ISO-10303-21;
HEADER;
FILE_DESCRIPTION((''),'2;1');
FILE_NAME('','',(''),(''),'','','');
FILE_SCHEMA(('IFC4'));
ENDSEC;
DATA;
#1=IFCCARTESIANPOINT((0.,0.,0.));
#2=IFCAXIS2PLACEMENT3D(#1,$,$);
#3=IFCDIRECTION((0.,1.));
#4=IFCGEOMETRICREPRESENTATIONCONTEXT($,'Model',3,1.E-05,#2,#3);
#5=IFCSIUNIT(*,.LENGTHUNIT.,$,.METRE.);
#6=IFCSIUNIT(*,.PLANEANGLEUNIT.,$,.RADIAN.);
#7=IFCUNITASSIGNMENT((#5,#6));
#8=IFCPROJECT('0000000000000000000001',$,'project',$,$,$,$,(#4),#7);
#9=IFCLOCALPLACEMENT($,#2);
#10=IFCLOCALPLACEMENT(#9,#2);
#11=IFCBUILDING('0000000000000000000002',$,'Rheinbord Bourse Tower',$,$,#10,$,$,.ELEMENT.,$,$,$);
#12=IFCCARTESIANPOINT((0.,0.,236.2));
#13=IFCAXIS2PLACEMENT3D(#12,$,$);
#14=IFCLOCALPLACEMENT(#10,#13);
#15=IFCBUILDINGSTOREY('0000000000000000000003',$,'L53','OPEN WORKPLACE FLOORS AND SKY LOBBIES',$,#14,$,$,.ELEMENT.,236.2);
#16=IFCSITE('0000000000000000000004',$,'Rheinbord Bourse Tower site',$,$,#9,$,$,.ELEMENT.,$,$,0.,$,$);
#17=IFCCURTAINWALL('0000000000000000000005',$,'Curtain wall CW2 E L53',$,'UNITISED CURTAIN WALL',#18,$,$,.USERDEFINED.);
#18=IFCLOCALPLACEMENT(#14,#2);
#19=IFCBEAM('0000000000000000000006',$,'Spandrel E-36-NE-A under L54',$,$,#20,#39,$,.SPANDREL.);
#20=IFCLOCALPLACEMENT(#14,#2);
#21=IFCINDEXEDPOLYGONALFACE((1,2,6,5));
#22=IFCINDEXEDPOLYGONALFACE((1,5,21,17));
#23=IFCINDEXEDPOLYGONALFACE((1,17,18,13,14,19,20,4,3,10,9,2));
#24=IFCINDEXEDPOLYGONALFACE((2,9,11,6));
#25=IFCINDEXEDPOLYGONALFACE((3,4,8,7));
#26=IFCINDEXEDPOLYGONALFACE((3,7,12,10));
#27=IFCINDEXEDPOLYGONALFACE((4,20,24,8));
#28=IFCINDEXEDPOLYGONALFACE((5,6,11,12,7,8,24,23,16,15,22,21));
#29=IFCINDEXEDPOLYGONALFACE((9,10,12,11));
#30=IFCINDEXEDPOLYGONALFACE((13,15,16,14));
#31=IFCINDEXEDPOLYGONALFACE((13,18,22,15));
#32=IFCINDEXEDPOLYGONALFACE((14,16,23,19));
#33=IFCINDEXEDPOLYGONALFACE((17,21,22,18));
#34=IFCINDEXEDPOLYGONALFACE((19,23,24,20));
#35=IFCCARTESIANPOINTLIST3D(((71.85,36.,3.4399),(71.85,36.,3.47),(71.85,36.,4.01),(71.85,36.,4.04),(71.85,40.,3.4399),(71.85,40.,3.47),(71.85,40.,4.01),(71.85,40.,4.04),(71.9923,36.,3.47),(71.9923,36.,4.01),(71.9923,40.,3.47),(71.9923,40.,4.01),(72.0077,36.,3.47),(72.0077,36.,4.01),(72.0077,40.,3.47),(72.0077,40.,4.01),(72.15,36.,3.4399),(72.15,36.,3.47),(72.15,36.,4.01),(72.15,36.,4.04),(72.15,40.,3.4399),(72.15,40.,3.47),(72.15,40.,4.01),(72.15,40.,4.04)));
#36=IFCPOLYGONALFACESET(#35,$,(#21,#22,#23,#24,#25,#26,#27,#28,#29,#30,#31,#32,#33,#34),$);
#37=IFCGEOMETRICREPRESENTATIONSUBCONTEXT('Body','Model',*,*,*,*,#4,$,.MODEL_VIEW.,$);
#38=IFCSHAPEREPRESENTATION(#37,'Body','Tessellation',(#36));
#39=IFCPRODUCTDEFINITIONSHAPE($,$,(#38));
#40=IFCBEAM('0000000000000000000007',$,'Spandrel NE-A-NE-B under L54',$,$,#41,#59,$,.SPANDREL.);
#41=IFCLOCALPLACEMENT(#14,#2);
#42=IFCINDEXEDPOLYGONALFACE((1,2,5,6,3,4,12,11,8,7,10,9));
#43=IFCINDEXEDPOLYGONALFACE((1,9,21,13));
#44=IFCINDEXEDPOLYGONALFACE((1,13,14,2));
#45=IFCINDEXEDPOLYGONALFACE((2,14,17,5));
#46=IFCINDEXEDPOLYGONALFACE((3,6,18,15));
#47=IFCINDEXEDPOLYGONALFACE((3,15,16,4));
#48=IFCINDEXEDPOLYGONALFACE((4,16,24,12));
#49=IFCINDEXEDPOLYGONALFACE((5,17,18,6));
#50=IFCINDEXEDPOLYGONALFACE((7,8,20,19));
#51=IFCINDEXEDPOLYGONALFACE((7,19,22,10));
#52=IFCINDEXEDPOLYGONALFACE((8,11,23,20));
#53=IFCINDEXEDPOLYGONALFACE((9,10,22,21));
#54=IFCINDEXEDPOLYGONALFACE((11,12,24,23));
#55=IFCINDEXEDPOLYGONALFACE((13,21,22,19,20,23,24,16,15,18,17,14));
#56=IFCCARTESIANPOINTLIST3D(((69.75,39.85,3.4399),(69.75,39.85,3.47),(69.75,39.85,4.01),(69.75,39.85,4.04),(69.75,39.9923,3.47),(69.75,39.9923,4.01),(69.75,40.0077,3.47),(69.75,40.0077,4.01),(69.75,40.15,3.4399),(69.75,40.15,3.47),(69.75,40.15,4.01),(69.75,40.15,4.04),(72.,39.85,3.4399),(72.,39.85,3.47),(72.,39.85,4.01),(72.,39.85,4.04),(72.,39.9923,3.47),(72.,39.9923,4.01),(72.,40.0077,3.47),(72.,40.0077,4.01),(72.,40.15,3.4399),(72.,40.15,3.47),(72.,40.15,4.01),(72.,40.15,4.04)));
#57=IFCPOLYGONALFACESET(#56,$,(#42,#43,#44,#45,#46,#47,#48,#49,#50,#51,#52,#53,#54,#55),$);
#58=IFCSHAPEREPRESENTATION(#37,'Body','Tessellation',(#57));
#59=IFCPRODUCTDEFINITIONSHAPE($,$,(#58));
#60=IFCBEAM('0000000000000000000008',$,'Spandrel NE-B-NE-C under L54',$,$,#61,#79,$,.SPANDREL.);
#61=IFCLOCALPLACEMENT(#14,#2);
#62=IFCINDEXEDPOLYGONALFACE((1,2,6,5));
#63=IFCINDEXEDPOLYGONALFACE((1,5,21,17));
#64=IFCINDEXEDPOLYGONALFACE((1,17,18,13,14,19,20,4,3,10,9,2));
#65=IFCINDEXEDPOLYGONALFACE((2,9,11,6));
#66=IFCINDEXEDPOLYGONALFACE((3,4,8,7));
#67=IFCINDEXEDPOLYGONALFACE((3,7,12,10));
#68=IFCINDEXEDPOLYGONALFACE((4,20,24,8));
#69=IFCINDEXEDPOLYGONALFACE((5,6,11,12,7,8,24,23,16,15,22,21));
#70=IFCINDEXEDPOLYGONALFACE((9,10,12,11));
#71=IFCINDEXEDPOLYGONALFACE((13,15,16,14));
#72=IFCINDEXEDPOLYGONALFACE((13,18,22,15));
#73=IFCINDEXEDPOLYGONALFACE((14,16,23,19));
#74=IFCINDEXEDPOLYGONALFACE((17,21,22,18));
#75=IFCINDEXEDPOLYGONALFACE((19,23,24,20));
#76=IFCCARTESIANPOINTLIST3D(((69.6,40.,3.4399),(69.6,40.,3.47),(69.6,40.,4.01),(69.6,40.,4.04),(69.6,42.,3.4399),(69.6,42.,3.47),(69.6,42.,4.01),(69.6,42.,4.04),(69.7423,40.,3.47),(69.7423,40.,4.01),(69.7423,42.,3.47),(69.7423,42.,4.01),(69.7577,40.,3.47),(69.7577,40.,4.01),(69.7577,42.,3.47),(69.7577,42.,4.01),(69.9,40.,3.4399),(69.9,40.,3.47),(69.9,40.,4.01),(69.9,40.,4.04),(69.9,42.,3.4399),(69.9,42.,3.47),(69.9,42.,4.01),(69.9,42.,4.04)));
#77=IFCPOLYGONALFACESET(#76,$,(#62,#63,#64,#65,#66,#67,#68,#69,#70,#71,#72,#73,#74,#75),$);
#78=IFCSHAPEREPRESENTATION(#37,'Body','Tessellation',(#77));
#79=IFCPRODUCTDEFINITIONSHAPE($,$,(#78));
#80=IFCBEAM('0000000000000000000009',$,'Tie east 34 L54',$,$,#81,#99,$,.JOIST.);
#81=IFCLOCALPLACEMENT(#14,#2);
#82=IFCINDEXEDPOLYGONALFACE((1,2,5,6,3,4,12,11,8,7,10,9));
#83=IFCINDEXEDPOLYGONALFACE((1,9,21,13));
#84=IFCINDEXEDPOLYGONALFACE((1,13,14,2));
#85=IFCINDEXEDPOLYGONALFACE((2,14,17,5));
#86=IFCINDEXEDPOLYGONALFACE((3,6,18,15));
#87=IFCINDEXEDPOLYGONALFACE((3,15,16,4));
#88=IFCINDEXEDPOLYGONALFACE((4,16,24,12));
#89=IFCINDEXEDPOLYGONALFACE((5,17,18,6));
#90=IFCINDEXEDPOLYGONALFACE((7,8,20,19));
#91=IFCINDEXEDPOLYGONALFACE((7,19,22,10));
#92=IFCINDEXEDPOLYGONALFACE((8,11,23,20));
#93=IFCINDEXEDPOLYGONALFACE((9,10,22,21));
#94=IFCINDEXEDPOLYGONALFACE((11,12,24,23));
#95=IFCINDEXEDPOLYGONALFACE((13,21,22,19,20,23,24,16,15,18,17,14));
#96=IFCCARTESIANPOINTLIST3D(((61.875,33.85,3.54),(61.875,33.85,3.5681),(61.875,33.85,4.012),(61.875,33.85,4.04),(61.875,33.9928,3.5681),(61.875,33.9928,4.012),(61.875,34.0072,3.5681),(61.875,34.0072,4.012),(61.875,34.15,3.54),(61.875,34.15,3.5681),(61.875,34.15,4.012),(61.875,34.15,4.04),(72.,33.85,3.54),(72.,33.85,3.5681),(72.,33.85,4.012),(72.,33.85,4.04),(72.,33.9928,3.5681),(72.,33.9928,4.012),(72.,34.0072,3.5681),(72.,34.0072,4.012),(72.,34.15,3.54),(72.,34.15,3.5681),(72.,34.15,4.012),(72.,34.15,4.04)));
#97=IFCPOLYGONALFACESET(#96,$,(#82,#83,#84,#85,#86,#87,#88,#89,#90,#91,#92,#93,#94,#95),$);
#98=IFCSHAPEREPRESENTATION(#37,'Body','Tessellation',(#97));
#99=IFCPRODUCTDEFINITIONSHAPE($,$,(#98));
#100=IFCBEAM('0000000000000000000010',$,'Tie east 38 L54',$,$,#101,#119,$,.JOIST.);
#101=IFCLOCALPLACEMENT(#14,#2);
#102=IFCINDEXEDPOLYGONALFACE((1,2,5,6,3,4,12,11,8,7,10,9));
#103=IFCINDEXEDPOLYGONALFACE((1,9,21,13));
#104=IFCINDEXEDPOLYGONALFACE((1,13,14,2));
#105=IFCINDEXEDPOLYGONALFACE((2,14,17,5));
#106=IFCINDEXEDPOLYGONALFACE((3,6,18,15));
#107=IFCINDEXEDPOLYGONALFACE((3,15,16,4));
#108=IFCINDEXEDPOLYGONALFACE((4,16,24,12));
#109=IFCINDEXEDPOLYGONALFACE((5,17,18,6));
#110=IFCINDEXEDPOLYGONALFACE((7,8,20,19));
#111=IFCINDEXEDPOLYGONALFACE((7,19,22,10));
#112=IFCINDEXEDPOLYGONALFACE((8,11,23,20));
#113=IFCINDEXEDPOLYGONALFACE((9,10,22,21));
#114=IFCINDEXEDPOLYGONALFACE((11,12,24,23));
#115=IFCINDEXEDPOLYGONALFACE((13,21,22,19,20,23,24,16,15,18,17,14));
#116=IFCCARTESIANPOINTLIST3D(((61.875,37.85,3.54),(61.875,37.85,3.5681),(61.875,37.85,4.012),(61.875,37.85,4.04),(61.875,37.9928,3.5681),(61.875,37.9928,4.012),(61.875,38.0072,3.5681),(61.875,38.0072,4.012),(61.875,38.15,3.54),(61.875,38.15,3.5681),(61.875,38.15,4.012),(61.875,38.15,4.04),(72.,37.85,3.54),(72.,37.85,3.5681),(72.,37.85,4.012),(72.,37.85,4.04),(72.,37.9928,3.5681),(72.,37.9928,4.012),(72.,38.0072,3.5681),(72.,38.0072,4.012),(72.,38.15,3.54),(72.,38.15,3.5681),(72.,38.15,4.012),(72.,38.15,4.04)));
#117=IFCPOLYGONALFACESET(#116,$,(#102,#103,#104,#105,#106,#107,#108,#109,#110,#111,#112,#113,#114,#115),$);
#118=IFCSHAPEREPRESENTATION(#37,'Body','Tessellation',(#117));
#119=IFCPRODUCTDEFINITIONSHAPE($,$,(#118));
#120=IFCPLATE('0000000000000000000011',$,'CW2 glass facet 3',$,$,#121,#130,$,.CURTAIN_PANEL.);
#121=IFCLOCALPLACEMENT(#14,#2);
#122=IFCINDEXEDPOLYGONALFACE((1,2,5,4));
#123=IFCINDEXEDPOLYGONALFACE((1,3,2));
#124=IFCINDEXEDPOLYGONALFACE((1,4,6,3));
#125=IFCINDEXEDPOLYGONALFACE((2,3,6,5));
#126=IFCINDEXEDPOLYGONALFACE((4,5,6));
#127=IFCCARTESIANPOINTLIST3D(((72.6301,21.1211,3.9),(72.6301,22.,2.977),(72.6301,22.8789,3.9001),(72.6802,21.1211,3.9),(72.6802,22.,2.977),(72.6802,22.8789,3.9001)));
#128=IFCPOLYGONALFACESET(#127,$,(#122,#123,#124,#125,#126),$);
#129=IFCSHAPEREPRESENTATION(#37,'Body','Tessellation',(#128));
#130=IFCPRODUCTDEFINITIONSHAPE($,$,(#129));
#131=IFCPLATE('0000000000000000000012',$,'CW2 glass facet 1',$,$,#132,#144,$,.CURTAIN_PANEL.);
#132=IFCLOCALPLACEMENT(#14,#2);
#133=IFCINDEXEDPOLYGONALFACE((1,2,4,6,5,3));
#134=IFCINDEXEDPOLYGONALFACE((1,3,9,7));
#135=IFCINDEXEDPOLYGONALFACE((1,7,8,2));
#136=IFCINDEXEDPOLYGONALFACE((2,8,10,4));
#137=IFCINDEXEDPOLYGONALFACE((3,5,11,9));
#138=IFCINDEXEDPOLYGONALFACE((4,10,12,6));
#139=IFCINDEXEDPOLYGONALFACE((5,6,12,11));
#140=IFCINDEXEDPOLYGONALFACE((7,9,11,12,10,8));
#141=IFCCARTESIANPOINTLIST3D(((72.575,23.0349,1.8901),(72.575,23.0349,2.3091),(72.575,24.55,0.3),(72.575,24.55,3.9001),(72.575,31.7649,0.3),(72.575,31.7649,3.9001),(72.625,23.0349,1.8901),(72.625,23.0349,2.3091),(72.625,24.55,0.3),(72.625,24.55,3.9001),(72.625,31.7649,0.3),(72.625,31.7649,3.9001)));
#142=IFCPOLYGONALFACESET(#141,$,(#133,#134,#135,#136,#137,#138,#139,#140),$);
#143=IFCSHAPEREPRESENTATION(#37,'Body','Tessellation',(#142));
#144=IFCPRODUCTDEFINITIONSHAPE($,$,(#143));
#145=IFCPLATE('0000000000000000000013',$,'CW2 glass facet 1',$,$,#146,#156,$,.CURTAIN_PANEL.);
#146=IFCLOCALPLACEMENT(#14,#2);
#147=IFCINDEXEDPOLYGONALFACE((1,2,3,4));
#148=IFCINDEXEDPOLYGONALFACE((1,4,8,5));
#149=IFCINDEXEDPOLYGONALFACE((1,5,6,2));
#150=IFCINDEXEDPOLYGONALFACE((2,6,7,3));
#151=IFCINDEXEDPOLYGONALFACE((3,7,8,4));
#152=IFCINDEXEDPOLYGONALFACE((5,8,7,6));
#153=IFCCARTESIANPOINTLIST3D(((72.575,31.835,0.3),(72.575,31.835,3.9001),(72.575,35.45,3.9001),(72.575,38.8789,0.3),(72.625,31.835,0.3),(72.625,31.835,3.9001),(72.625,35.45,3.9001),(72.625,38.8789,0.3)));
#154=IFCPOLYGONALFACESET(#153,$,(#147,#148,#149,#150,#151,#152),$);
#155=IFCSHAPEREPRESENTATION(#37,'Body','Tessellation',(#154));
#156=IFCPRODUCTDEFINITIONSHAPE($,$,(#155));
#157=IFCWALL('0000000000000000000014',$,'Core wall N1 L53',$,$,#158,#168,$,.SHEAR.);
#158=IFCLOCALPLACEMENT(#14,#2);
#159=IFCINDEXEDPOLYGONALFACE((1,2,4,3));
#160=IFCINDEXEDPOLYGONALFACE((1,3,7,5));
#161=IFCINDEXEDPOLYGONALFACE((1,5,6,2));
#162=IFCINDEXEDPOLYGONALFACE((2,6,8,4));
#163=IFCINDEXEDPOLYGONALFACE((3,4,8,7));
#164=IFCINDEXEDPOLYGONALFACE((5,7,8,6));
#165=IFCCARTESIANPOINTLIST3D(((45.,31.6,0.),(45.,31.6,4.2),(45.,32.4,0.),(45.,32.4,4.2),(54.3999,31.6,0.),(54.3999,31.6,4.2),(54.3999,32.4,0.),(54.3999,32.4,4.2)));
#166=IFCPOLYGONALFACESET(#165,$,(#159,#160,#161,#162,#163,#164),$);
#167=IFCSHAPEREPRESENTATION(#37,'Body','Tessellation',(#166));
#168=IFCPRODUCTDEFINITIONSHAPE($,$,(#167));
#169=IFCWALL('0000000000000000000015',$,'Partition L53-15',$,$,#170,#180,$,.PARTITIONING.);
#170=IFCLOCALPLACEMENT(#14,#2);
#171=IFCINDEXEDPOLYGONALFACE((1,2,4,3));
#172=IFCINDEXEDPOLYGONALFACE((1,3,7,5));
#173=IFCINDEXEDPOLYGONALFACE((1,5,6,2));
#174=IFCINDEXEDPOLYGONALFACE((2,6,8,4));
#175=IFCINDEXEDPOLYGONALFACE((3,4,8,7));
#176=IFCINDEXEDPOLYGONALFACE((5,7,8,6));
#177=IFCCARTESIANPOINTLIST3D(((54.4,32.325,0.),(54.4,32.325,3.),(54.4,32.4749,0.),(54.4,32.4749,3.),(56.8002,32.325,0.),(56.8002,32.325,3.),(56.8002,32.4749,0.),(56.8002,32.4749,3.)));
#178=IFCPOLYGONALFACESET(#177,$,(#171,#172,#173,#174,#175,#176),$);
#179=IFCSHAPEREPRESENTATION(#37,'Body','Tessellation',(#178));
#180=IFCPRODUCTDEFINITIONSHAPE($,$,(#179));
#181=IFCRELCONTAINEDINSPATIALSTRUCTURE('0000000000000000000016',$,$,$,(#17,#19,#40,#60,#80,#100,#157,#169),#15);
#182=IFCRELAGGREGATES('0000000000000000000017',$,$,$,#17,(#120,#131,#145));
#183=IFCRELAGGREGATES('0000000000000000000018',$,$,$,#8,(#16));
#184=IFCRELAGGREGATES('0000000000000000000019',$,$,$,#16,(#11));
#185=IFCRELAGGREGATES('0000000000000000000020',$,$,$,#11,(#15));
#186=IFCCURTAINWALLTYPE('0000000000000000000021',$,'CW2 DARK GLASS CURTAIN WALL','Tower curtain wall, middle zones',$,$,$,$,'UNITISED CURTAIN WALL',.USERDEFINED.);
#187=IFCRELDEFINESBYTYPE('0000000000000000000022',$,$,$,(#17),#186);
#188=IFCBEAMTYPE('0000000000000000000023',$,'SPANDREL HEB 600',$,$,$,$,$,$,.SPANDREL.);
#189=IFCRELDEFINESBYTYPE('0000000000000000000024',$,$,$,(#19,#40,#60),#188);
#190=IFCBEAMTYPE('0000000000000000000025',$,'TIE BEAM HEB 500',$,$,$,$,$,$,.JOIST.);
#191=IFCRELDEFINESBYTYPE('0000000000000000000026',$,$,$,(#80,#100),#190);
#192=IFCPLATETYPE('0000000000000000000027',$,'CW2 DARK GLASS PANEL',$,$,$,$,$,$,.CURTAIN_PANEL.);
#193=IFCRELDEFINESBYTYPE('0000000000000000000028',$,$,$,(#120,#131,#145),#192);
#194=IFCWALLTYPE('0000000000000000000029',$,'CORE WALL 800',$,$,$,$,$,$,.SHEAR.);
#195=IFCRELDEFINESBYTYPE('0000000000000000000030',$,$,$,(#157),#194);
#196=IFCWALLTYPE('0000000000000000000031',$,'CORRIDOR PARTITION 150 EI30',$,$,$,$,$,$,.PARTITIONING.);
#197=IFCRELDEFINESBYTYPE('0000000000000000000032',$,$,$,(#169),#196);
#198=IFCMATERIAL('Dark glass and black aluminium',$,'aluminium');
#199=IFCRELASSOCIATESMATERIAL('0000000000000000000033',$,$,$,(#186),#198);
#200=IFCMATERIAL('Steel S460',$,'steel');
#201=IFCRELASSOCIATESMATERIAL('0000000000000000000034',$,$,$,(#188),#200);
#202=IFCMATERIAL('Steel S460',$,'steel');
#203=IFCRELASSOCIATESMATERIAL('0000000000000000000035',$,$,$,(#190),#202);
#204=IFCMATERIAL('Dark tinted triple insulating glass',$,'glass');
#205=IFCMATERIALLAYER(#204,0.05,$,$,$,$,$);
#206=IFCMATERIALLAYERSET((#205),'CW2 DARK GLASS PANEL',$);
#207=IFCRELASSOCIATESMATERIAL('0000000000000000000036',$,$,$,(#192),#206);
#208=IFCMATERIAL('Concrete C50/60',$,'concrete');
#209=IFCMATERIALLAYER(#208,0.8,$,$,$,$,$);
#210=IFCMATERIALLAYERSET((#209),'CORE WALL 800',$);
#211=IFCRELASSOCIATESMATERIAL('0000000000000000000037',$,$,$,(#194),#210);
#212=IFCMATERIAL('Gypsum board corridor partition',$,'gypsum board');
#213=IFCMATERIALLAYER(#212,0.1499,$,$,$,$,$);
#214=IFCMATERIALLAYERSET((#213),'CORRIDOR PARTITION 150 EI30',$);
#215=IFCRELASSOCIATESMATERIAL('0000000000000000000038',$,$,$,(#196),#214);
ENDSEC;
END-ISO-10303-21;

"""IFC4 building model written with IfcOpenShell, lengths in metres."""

from ifc_helpers import new_model, si_unit, direction, frame, frame_2d, origin, origin_2d, place, context, subcontext, project, spatial, polyline, rectangle, i_section, outline, extrude, material, layer, layer_set, material_profile, profile_set, type_object, element, aggregate, save


model = new_model("IFC4")

# Units and contexts
model_context = context("Model", 3, precision=1e-05, world=origin(), true_north=direction((0.0, 1.0)))
body_context = subcontext(model_context, "Body", "Model", "MODEL_VIEW")
ifc_project = project(units=[si_unit("LENGTHUNIT", "METRE"), si_unit("PLANEANGLEUNIT", "RADIAN")], contexts=[model_context])

# Site, building, storey
site_placement = place(None, origin())
site = spatial("IfcSite", under=ifc_project, at=site_placement, Name="Rheinbord Bourse Tower site", CompositionType="ELEMENT", RefElevation=0.0)
building_placement = place(site_placement, origin())
building = spatial("IfcBuilding", under=site, at=building_placement, Name="Rheinbord Bourse Tower", CompositionType="ELEMENT")
storey_placement = place(building_placement, frame((0.0, 0.0, 236.2)))
storey = spatial("IfcBuildingStorey", under=building, at=storey_placement, Name="L53", Description="OPEN WORKPLACE FLOORS AND SKY LOBBIES", CompositionType="ELEMENT", Elevation=236.2)

# Curtain wall
ifc_material_1 = material(Name="Dark glass and black aluminium", Category="aluminium")
curtain_wall_type = type_object("IfcCurtainWallType", Name="CW2 DARK GLASS CURTAIN WALL", Description="Tower curtain wall, middle zones", ElementType="UNITISED CURTAIN WALL", PredefinedType="USERDEFINED", material=ifc_material_1)
curtain_wall_placement = place(storey_placement, origin())
curtain_wall = element("IfcCurtainWall", 1, at=curtain_wall_placement, inside=storey, type_object=curtain_wall_type, Name="Curtain wall CW2 E L53", ObjectType="UNITISED CURTAIN WALL", PredefinedType="USERDEFINED")

# Beams
ifc_material_2 = material(Name="Steel S460", Category="steel")
ifc_material_profile_1 = material_profile(ifc_material_2, i_section(OverallWidth=0.3, OverallDepth=0.6001, WebThickness=0.0154, FlangeThickness=0.03, at=origin_2d()), Name="HEB 600")
ifc_profile_set_1 = profile_set([ifc_material_profile_1], Name="Steel S460")
beam_type_1 = type_object("IfcBeamType", Name="SPANDREL HEB 600", PredefinedType="SPANDREL", material=ifc_profile_set_1)
for number, where, z_axis, x_axis, name in (
    (2, (72.0, 36.0, 3.74), (0.0, 1.0, 0.0), (-1.0, 0.0, 0.0), "Spandrel E-36-NE-A under L54"),
):
    element("IfcBeam", number, at=place(storey_placement, frame(where, z_axis=z_axis, x_axis=x_axis)), inside=storey, type_object=beam_type_1, Name=name, PredefinedType="SPANDREL", context=body_context, shape_type="SweptSolid", body=[
        extrude(i_section(OverallWidth=0.3, OverallDepth=0.6001, WebThickness=0.0154, FlangeThickness=0.03, at=origin_2d()), origin(), (0.0, 0.0, 1.0), 4.0),
    ])
beam_1_placement = place(storey_placement, frame((72.0, 40.0, 3.74), z_axis=(-1.0, 0.0, 0.0), x_axis=(0.0, -1.0, 0.0)))
element("IfcBeam", 3, at=beam_1_placement, inside=storey, type_object=beam_type_1, Name="Spandrel NE-A-NE-B under L54", PredefinedType="SPANDREL", context=body_context, shape_type="SweptSolid", body=[
    extrude(i_section(OverallWidth=0.3, OverallDepth=0.6001, WebThickness=0.0154, FlangeThickness=0.03, at=origin_2d()), origin(), (0.0, 0.0, 1.0), 2.25),
])
beam_2_placement = place(storey_placement, frame((69.75, 40.0, 3.74), z_axis=(0.0, 1.0, 0.0), x_axis=(-1.0, 0.0, 0.0)))
element("IfcBeam", 4, at=beam_2_placement, inside=storey, type_object=beam_type_1, Name="Spandrel NE-B-NE-C under L54", PredefinedType="SPANDREL", context=body_context, shape_type="SweptSolid", body=[
    extrude(i_section(OverallWidth=0.3, OverallDepth=0.6001, WebThickness=0.0154, FlangeThickness=0.03, at=origin_2d()), origin(), (0.0, 0.0, 1.0), 2.0),
])
ifc_material_3 = material(Name="Steel S460", Category="steel")
ifc_material_profile_2 = material_profile(ifc_material_3, i_section(OverallWidth=0.3, OverallDepth=0.5, WebThickness=0.0144, FlangeThickness=0.0281, at=origin_2d()), Name="HEB 500")
ifc_profile_set_2 = profile_set([ifc_material_profile_2], Name="Steel S460")
beam_type_2 = type_object("IfcBeamType", Name="TIE BEAM HEB 500", PredefinedType="JOIST", material=ifc_profile_set_2)
for number, where, z_axis, x_axis, name in (
    (5, (61.875, 34.0, 3.79), (1.0, 0.0, 0.0), (0.0, 1.0, 0.0), "Tie east 34 L54"),
    (6, (61.875, 38.0, 3.79), (1.0, 0.0, 0.0), (0.0, 1.0, 0.0), "Tie east 38 L54"),
):
    element("IfcBeam", number, at=place(storey_placement, frame(where, z_axis=z_axis, x_axis=x_axis)), inside=storey, type_object=beam_type_2, Name=name, PredefinedType="JOIST", context=body_context, shape_type="SweptSolid", body=[
        extrude(i_section(OverallWidth=0.3, OverallDepth=0.5, WebThickness=0.0144, FlangeThickness=0.0281, at=origin_2d()), origin(), (0.0, 0.0, 1.0), 10.125),
    ])

# Plates
ifc_material_4 = material(Name="Dark tinted triple insulating glass", Category="glass")
ifc_layer_1 = layer(ifc_material_4, 0.05)
ifc_layer_set_1 = layer_set([ifc_layer_1], Name="CW2 DARK GLASS PANEL")
plate_type = type_object("IfcPlateType", Name="CW2 DARK GLASS PANEL", PredefinedType="CURTAIN_PANEL", material=ifc_layer_set_1)
plate_1_placement = place(storey_placement, frame((72.6802, 22.8789, 3.9001), z_axis=(-1.0, 0.0, 0.0), x_axis=(0.0, -0.68956, -0.724229)))
plate_1 = element("IfcPlate", 7, at=plate_1_placement, type_object=plate_type, Name="CW2 glass facet 3", PredefinedType="CURTAIN_PANEL", context=body_context, shape_type="SweptSolid", body=[
    extrude(outline(polyline([(0.0, 0.0), (1.2747, 0.0), (1.2122, 1.2729), (0.0, 0.0)])), origin(), (0.0, 0.0, 1.0), 0.05),
])
plate_2_placement = place(storey_placement, frame((72.625, 31.7649, 3.9001), z_axis=(-1.0, 0.0, 0.0), x_axis=(0.0, 0.0, -1.0)))
plate_2 = element("IfcPlate", 8, at=plate_2_placement, type_object=plate_type, Name="CW2 glass facet 1", PredefinedType="CURTAIN_PANEL", context=body_context, shape_type="SweptSolid", body=[
    extrude(outline(polyline([(0.0, 0.0), (3.6001, 0.0), (3.6001, 7.2148), (2.01, 8.73), (1.5911, 8.73), (0.0, 7.2148), (0.0, 0.0)])), origin(), (0.0, 0.0, 1.0), 0.05),
])
plate_3_placement = place(storey_placement, frame((72.625, 31.835, 0.3), z_axis=(-1.0, 0.0, 0.0), x_axis=(0.0, 0.0, 1.0)))
plate_3 = element("IfcPlate", 9, at=plate_3_placement, type_object=plate_type, Name="CW2 glass facet 1", PredefinedType="CURTAIN_PANEL", context=body_context, shape_type="SweptSolid", body=[
    extrude(outline(polyline([(0.0, 0.0), (3.6001, 0.0), (3.6001, 3.615), (0.0, 7.0439), (0.0, 0.0)])), origin(), (0.0, 0.0, 1.0), 0.05),
])
aggregate(curtain_wall, [plate_1, plate_2, plate_3])

# Walls
ifc_material_5 = material(Name="Concrete C50/60", Category="concrete")
ifc_layer_2 = layer(ifc_material_5, 0.8)
ifc_layer_set_2 = layer_set([ifc_layer_2], Name="CORE WALL 800")
wall_type_1 = type_object("IfcWallType", Name="CORE WALL 800", PredefinedType="SHEAR", material=ifc_layer_set_2)
wall_1_placement = place(storey_placement, frame((54.3999, 32.0, 0.0), z_axis=(0.0, 0.0, 1.0), x_axis=(-1.0, 0.0, 0.0)))
element("IfcWall", 10, at=wall_1_placement, inside=storey, type_object=wall_type_1, Name="Core wall N1 L53", PredefinedType="SHEAR", context=body_context, shape_type="SweptSolid", body=[
    extrude(rectangle(XDim=9.3999, YDim=0.8, at=frame_2d((4.7, 0.0))), origin(), (0.0, 0.0, 1.0), 4.2),
])
ifc_material_6 = material(Name="Gypsum board corridor partition", Category="gypsum board")
ifc_layer_3 = layer(ifc_material_6, 0.1499)
ifc_layer_set_3 = layer_set([ifc_layer_3], Name="CORRIDOR PARTITION 150 EI30")
wall_type_2 = type_object("IfcWallType", Name="CORRIDOR PARTITION 150 EI30", PredefinedType="PARTITIONING", material=ifc_layer_set_3)
wall_2_placement = place(storey_placement, frame((54.3999, 32.3999, 0.0), z_axis=(0.0, 0.0, 1.0), x_axis=(1.0, 0.0, 0.0)))
element("IfcWall", 11, at=wall_2_placement, inside=storey, type_object=wall_type_2, Name="Partition L53-15", PredefinedType="PARTITIONING", context=body_context, shape_type="SweptSolid", body=[
    extrude(rectangle(XDim=2.4001, YDim=0.1499, at=frame_2d((1.2002, 0.0))), origin(), (0.0, 0.0, 1.0), 3.0),
])

save(model, "model.ifc")
